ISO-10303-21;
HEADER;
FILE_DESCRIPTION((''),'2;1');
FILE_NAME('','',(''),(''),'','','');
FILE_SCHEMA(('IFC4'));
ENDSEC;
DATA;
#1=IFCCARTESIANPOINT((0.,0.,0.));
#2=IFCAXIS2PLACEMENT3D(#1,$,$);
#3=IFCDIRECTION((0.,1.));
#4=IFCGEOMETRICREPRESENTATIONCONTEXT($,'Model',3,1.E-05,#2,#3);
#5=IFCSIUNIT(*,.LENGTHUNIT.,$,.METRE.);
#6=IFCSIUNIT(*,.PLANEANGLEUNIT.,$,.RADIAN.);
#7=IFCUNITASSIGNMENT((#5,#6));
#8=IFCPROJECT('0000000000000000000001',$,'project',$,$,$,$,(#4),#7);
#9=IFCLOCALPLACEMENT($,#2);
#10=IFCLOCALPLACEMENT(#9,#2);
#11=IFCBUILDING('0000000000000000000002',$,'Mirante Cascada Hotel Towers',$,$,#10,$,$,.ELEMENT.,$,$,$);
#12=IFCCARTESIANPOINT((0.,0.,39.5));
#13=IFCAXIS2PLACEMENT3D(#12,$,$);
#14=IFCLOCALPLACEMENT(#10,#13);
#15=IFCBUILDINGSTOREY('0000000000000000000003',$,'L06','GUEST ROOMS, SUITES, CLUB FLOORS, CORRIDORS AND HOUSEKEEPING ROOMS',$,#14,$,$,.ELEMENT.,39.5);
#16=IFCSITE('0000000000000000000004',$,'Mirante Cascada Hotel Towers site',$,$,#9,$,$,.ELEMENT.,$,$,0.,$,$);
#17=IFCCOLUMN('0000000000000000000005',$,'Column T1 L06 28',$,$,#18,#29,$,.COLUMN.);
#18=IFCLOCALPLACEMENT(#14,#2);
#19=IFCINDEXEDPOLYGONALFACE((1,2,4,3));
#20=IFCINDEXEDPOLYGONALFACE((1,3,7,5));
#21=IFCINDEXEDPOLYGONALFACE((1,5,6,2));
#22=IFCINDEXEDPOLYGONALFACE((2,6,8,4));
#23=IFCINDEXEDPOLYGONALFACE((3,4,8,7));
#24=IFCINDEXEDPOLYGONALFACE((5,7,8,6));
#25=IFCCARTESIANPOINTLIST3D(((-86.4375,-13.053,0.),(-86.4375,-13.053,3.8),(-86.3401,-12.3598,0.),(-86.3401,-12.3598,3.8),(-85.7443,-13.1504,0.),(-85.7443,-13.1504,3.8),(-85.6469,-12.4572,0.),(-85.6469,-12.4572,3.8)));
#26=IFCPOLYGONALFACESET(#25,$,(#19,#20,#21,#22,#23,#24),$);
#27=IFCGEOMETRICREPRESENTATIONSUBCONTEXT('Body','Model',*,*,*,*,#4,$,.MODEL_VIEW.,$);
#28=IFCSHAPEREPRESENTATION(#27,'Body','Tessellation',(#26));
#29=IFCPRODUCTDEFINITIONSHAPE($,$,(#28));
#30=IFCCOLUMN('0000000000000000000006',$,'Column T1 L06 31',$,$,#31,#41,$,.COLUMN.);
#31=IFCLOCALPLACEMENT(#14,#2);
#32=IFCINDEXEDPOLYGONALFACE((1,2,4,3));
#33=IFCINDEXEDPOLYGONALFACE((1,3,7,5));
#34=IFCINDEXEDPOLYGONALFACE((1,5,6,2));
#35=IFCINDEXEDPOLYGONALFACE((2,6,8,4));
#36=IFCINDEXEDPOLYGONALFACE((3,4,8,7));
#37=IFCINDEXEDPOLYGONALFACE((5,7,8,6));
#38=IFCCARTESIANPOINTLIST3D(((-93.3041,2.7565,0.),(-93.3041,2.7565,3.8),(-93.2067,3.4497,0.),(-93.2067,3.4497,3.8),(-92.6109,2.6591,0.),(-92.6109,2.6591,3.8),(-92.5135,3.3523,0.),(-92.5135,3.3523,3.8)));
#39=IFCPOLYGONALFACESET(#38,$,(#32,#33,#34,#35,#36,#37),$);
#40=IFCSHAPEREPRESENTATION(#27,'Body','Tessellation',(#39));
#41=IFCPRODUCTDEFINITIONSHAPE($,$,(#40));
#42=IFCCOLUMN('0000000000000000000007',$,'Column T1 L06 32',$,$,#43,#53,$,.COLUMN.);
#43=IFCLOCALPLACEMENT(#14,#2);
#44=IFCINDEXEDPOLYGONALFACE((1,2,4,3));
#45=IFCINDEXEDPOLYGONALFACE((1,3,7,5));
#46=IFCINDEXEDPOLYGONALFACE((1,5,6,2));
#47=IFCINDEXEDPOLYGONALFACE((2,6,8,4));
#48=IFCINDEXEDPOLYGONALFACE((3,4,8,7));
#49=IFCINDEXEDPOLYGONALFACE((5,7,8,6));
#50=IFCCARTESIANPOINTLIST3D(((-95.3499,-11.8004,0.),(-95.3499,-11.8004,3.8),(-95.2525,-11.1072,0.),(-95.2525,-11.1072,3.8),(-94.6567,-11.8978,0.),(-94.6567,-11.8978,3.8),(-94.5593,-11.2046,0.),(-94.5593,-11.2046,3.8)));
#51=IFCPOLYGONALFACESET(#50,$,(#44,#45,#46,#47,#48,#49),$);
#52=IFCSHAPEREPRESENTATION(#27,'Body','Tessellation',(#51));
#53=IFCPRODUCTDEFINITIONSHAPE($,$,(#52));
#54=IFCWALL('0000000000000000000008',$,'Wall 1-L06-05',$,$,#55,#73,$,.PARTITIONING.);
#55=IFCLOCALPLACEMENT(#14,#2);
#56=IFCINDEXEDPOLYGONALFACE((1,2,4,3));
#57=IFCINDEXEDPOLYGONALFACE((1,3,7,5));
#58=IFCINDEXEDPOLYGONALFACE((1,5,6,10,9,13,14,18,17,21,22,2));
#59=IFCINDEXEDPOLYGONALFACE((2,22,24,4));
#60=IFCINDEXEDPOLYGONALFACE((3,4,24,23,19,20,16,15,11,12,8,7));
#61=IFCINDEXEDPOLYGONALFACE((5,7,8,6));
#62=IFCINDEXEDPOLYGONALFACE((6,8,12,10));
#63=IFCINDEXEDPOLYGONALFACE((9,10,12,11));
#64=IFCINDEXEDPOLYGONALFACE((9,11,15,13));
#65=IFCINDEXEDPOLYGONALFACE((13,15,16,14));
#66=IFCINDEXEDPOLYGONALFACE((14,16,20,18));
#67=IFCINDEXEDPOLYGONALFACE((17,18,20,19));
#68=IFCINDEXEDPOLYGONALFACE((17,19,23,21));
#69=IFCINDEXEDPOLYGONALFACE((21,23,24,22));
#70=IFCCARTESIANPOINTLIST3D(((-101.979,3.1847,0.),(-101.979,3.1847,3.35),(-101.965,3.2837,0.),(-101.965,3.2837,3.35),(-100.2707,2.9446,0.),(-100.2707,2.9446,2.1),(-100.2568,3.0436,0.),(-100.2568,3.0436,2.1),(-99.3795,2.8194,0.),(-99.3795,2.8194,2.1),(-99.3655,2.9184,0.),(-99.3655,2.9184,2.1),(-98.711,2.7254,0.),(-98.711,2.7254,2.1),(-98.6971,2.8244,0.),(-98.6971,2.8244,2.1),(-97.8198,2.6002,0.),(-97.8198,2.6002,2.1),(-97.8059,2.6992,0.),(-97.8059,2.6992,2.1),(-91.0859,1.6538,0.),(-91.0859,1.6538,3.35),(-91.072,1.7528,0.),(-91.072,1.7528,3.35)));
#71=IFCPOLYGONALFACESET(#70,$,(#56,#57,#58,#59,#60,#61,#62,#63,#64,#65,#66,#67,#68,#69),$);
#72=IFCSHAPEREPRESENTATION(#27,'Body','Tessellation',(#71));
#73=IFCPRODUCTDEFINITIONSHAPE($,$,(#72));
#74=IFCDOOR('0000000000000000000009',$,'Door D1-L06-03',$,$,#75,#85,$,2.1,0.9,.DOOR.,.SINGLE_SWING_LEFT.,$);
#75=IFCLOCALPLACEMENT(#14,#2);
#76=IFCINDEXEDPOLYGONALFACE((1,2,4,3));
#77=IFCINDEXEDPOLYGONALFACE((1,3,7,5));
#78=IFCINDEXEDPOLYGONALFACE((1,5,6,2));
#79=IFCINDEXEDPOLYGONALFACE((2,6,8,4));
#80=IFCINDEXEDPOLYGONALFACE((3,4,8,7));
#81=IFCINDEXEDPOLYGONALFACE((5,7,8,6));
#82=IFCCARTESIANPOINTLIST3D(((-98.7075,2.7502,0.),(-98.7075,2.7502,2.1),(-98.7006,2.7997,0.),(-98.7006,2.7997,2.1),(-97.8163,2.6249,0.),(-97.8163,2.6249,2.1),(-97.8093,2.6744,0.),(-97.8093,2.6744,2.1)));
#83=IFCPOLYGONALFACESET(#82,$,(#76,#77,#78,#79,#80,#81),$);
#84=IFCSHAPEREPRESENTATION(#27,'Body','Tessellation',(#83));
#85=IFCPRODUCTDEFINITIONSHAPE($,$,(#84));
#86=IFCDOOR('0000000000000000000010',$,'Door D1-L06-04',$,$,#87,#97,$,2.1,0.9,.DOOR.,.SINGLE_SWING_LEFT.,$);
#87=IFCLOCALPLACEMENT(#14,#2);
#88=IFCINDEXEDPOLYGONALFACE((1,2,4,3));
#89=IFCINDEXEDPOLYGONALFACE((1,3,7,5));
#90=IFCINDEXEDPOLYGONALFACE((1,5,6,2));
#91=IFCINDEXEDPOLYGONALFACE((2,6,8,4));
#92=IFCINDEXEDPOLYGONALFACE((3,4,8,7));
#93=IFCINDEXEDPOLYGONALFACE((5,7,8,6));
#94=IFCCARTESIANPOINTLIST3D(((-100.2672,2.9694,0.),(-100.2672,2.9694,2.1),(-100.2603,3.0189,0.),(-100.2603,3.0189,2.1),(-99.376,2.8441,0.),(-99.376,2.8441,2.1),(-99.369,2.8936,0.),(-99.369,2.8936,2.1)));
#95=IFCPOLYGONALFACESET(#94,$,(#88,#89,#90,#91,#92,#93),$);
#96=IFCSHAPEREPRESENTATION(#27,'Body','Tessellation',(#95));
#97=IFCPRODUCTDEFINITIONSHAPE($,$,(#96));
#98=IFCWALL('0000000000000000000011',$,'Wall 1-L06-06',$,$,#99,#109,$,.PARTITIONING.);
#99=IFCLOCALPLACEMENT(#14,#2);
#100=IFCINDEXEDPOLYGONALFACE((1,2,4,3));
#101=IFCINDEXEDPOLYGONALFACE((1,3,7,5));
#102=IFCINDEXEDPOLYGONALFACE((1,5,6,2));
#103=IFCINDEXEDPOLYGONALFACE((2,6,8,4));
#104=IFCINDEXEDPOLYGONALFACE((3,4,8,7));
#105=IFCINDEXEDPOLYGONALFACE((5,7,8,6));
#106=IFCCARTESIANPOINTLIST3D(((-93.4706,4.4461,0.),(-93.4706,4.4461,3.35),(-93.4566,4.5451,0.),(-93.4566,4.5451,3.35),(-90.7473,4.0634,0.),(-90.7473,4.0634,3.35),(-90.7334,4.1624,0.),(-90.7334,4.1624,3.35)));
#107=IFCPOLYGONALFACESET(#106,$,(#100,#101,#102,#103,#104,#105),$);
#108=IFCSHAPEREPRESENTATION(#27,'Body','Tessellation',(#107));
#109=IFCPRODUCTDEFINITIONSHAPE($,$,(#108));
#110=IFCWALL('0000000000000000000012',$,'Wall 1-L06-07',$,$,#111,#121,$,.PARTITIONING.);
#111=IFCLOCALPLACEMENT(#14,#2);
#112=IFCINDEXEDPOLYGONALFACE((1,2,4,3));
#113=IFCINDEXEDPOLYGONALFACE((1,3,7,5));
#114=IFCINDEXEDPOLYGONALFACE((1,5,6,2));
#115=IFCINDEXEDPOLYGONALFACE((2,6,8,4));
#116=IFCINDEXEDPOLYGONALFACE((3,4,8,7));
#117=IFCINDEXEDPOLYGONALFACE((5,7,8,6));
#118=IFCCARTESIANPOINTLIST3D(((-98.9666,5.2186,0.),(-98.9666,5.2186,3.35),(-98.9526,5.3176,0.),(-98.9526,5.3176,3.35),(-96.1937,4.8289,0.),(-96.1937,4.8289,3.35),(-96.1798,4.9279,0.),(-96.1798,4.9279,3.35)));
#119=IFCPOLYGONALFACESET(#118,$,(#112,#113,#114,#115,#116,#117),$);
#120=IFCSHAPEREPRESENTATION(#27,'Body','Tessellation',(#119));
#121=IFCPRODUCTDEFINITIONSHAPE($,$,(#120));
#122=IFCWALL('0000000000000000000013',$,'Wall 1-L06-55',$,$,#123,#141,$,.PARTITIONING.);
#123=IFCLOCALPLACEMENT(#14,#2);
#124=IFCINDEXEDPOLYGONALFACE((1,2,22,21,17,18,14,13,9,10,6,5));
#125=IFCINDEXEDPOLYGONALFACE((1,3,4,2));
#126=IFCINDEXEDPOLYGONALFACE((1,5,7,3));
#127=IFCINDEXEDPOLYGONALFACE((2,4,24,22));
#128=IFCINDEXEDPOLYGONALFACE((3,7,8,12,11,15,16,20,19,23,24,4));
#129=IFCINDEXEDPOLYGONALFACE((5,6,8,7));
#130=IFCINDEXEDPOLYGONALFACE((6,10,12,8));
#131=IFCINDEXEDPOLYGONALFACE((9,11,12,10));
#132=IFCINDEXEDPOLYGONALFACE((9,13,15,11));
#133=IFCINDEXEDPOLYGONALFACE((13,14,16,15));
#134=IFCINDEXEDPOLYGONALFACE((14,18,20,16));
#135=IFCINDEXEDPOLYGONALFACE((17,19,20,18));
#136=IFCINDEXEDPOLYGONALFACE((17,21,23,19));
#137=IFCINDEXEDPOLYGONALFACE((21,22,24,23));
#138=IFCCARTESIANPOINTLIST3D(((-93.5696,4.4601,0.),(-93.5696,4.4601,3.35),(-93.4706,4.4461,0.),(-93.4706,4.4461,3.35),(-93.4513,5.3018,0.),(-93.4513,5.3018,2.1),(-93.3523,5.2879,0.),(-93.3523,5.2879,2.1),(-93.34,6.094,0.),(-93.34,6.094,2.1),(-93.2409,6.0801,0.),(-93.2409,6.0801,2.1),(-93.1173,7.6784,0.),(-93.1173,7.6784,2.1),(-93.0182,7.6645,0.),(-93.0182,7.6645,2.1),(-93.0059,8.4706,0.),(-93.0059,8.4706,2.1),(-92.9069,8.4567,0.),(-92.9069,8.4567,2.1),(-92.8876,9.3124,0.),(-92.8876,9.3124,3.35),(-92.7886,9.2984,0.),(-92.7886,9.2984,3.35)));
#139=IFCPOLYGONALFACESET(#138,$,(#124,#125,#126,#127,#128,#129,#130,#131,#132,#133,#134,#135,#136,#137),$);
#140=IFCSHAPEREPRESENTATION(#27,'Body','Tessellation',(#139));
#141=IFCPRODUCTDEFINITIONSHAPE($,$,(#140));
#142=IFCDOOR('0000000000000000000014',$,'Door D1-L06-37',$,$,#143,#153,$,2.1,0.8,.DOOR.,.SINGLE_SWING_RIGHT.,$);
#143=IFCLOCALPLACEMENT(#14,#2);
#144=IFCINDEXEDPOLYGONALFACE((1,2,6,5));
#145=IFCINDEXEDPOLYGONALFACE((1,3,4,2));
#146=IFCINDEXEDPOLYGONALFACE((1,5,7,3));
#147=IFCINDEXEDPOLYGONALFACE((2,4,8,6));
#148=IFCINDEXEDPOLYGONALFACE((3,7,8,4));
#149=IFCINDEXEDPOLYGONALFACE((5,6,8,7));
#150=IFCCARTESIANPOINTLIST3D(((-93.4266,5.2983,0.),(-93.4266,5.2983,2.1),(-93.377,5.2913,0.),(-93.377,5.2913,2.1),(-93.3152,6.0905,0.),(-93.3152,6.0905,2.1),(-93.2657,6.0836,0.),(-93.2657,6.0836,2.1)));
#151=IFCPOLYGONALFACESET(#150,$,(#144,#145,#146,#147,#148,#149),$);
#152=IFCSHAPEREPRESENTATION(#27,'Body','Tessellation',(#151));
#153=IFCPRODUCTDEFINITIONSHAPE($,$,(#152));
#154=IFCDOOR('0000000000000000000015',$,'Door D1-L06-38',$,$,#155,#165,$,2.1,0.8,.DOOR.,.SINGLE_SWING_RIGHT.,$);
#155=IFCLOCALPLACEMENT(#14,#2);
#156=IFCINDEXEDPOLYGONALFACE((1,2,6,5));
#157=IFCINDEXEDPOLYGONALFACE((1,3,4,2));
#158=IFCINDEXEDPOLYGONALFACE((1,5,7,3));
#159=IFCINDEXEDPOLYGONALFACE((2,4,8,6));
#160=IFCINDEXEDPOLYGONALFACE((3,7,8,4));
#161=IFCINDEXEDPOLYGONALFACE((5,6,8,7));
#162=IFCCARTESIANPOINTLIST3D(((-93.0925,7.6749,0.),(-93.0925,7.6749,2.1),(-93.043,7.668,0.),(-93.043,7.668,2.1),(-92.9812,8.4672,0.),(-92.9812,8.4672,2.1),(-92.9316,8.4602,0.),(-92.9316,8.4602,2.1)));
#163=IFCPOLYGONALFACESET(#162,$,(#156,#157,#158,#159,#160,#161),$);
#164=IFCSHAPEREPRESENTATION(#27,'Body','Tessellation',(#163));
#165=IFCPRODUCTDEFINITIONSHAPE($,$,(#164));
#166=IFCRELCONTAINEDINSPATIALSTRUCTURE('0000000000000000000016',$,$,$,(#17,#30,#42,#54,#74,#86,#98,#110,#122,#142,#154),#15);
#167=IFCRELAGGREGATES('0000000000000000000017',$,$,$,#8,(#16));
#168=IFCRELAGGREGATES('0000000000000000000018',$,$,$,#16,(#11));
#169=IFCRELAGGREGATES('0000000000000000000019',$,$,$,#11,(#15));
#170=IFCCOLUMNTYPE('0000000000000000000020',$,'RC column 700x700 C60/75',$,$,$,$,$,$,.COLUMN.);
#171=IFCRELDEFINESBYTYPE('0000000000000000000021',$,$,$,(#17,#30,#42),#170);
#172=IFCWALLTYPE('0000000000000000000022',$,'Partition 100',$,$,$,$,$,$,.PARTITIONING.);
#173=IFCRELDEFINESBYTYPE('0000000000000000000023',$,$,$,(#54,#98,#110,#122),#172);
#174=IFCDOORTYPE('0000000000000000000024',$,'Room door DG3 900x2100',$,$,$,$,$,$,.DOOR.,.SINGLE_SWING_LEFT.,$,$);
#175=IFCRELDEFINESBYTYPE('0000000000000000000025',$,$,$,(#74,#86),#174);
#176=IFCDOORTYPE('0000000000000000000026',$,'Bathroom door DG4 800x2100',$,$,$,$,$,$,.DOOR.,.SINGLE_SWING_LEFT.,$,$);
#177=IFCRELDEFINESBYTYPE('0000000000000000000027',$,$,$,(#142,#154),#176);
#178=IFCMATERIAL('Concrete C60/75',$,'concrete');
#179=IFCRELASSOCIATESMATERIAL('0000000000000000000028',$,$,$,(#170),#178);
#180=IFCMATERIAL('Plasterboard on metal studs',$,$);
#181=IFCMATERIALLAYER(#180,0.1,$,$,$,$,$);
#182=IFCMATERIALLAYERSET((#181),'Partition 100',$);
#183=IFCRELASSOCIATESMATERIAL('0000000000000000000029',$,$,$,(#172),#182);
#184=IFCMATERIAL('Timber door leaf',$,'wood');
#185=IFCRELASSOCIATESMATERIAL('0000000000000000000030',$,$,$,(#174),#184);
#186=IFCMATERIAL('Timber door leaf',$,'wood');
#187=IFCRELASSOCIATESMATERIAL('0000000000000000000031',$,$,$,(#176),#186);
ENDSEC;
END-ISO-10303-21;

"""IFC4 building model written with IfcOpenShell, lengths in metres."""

from ifc_helpers import new_model, si_unit, direction, frame, frame_2d, origin, origin_2d, place, context, subcontext, project, spatial, rectangle, extrude, material, layer, layer_set, material_profile, profile_set, type_object, element, fill, save


model = new_model("IFC4")

# Units and contexts
model_context = context("Model", 3, precision=1e-05, world=origin(), true_north=direction((0.0, 1.0)))
body_context = subcontext(model_context, "Body", "Model", "MODEL_VIEW")
ifc_project = project(units=[si_unit("LENGTHUNIT", "METRE"), si_unit("PLANEANGLEUNIT", "RADIAN")], contexts=[model_context])

# Site, building, storey
site_placement = place(None, origin())
site = spatial("IfcSite", under=ifc_project, at=site_placement, Name="Mirante Cascada Hotel Towers site", CompositionType="ELEMENT", RefElevation=0.0)
building_placement = place(site_placement, origin())
building = spatial("IfcBuilding", under=site, at=building_placement, Name="Mirante Cascada Hotel Towers", CompositionType="ELEMENT")
storey_placement = place(building_placement, frame((0.0, 0.0, 39.5)))
storey = spatial("IfcBuildingStorey", under=building, at=storey_placement, Name="L06", Description="GUEST ROOMS, SUITES, CLUB FLOORS, CORRIDORS AND HOUSEKEEPING ROOMS", CompositionType="ELEMENT", Elevation=39.5)

# Columns
ifc_material_1 = material(Name="Concrete C60/75", Category="concrete")
ifc_material_profile = material_profile(ifc_material_1, rectangle(XDim=0.7, YDim=0.7, at=origin_2d()), Name="RC column 700x700 C60/75")
ifc_profile_set = profile_set([ifc_material_profile], Name="Concrete C60/75")
column_type = type_object("IfcColumnType", Name="RC column 700x700 C60/75", PredefinedType="COLUMN", material=ifc_profile_set)
for number, where, z_axis, x_axis, name in (
    (1, (-86.0422, -12.7551, 0.0), (0.0, 0.0, 1.0), (-0.990268, 0.139173, 0.0), "Column T1 L06 28"),
    (2, (-92.9088, 3.0544, 0.0), (0.0, 0.0, 1.0), (-0.990268, 0.139173, 0.0), "Column T1 L06 31"),
    (3, (-94.9546, -11.5025, 0.0), (0.0, 0.0, 1.0), (-0.990268, 0.139173, 0.0), "Column T1 L06 32"),
):
    element("IfcColumn", number, at=place(storey_placement, frame(where, z_axis=z_axis, x_axis=x_axis)), inside=storey, type_object=column_type, Name=name, PredefinedType="COLUMN", context=body_context, shape_type="SweptSolid", body=[
        extrude(rectangle(XDim=0.7, YDim=0.7, at=origin_2d()), origin(), (0.0, 0.0, 1.0), 3.8),
    ])

# Wall, openings, doors
ifc_material_2 = material(Name="Plasterboard on metal studs")
ifc_layer_1 = layer(ifc_material_2, 0.1)
ifc_layer_set_1 = layer_set([ifc_layer_1], Name="Partition 100")
wall_type_1 = type_object("IfcWallType", Name="Partition 100", PredefinedType="PARTITIONING", material=ifc_layer_set_1)
wall_1_placement = place(storey_placement, frame((-91.079, 1.7033, 0.0), z_axis=(0.0, 0.0, 1.0), x_axis=(-0.990268, 0.139172, 0.0)))
wall_1 = element("IfcWall", 4, at=wall_1_placement, inside=storey, type_object=wall_type_1, Name="Wall 1-L06-05", PredefinedType="PARTITIONING", context=body_context, shape_type="SweptSolid", body=[
    extrude(rectangle(XDim=11.0001, YDim=0.1, at=frame_2d((5.5, 0.0))), origin(), (0.0, 0.0, 1.0), 3.35),
])
opening_1_placement = place(wall_1_placement, frame((6.8, 0.0, 0.0)))
opening_1 = element("IfcOpeningElement", 5, at=opening_1_placement, cuts=wall_1, PredefinedType="OPENING", context=body_context, shape_type="SweptSolid", body=[
    extrude(rectangle(XDim=0.9, YDim=2.1, at=frame_2d((0.45, 1.05))), frame((0.0, 0.05, 0.0), z_axis=(0.0, -1.0, 0.0), x_axis=(1.0, 0.0, 0.0)), (0.0, 0.0, 1.0), 0.1),
])
opening_2_placement = place(wall_1_placement, frame((8.375, 0.0, 0.0)))
opening_2 = element("IfcOpeningElement", 6, at=opening_2_placement, cuts=wall_1, PredefinedType="OPENING", context=body_context, shape_type="SweptSolid", body=[
    extrude(rectangle(XDim=0.9, YDim=2.1, at=frame_2d((0.45, 1.05))), frame((0.0, 0.05, 0.0), z_axis=(0.0, -1.0, 0.0), x_axis=(1.0, 0.0, 0.0)), (0.0, 0.0, 1.0), 0.1),
])
ifc_material_3 = material(Name="Timber door leaf", Category="wood")
door_type_1 = type_object("IfcDoorType", Name="Room door DG3 900x2100", OperationType="SINGLE_SWING_LEFT", PredefinedType="DOOR", material=ifc_material_3)
door_1_placement = place(opening_1_placement, origin())
door_1 = element("IfcDoor", 7, at=door_1_placement, inside=storey, type_object=door_type_1, Name="Door D1-L06-03", OperationType="SINGLE_SWING_LEFT", OverallHeight=2.1, OverallWidth=0.9, PredefinedType="DOOR", context=body_context, shape_type="SweptSolid", body=[
    extrude(rectangle(XDim=0.9, YDim=2.1, at=frame_2d((0.45, 1.05))), frame((0.0, 0.025, 0.0), z_axis=(0.0, -1.0, 0.0), x_axis=(1.0, 0.0, 0.0)), (0.0, 0.0, 1.0), 0.05),
])
fill(opening_1, door_1)
door_2_placement = place(opening_2_placement, origin())
door_2 = element("IfcDoor", 8, at=door_2_placement, inside=storey, type_object=door_type_1, Name="Door D1-L06-04", OperationType="SINGLE_SWING_LEFT", OverallHeight=2.1, OverallWidth=0.9, PredefinedType="DOOR", context=body_context, shape_type="SweptSolid", body=[
    extrude(rectangle(XDim=0.9, YDim=2.1, at=frame_2d((0.45, 1.05))), frame((0.0, 0.025, 0.0), z_axis=(0.0, -1.0, 0.0), x_axis=(1.0, 0.0, 0.0)), (0.0, 0.0, 1.0), 0.05),
])
fill(opening_2, door_2)

# Walls
wall_2_placement = place(storey_placement, frame((-93.4636, 4.4956, 0.0), z_axis=(0.0, 0.0, 1.0), x_axis=(0.990269, -0.139166, 0.0)))
element("IfcWall", 9, at=wall_2_placement, inside=storey, type_object=wall_type_1, Name="Wall 1-L06-06", PredefinedType="PARTITIONING", context=body_context, shape_type="SweptSolid", body=[
    extrude(rectangle(XDim=2.75, YDim=0.1, at=frame_2d((1.375, 0.0))), origin(), (0.0, 0.0, 1.0), 3.35),
])
wall_3_placement = place(storey_placement, frame((-96.1868, 4.8784, 0.0), z_axis=(0.0, 0.0, 1.0), x_axis=(-0.990268, 0.139176, 0.0)))
element("IfcWall", 10, at=wall_3_placement, inside=storey, type_object=wall_type_1, Name="Wall 1-L06-07", PredefinedType="PARTITIONING", context=body_context, shape_type="SweptSolid", body=[
    extrude(rectangle(XDim=2.8001, YDim=0.1, at=frame_2d((1.4, 0.0))), origin(), (0.0, 0.0, 1.0), 3.35),
])

# Wall, openings, doors
wall_4_placement = place(storey_placement, frame((-93.5201, 4.4531, 0.0), z_axis=(0.0, 0.0, 1.0), x_axis=(0.139184, 0.990267, 0.0)))
wall_4 = element("IfcWall", 11, at=wall_4_placement, inside=storey, type_object=wall_type_1, Name="Wall 1-L06-55", PredefinedType="PARTITIONING", context=body_context, shape_type="SweptSolid", body=[
    extrude(rectangle(XDim=4.9, YDim=0.1, at=frame_2d((2.45, 0.0))), origin(), (0.0, 0.0, 1.0), 3.35),
])
opening_3_placement = place(wall_4_placement, frame((0.85, 0.0, 0.0)))
opening_3 = element("IfcOpeningElement", 12, at=opening_3_placement, cuts=wall_4, PredefinedType="OPENING", context=body_context, shape_type="SweptSolid", body=[
    extrude(rectangle(XDim=0.8, YDim=2.1, at=frame_2d((0.4, 1.05))), frame((0.0, 0.05, 0.0), z_axis=(0.0, -1.0, 0.0), x_axis=(1.0, 0.0, 0.0)), (0.0, 0.0, 1.0), 0.1),
])
opening_4_placement = place(wall_4_placement, frame((3.25, 0.0, 0.0)))
opening_4 = element("IfcOpeningElement", 13, at=opening_4_placement, cuts=wall_4, PredefinedType="OPENING", context=body_context, shape_type="SweptSolid", body=[
    extrude(rectangle(XDim=0.8, YDim=2.1, at=frame_2d((0.4, 1.05))), frame((0.0, 0.05, 0.0), z_axis=(0.0, -1.0, 0.0), x_axis=(1.0, 0.0, 0.0)), (0.0, 0.0, 1.0), 0.1),
])
ifc_material_4 = material(Name="Timber door leaf", Category="wood")
door_type_2 = type_object("IfcDoorType", Name="Bathroom door DG4 800x2100", OperationType="SINGLE_SWING_LEFT", PredefinedType="DOOR", material=ifc_material_4)
door_3_placement = place(opening_3_placement, frame((0.8, 0.0, 0.0), z_axis=(0.0, 0.0, 1.0), x_axis=(-1.0, 0.0, 0.0)))
door_3 = element("IfcDoor", 14, at=door_3_placement, inside=storey, type_object=door_type_2, Name="Door D1-L06-37", OperationType="SINGLE_SWING_RIGHT", OverallHeight=2.1, OverallWidth=0.8, PredefinedType="DOOR", context=body_context, shape_type="SweptSolid", body=[
    extrude(rectangle(XDim=0.8, YDim=2.1, at=frame_2d((0.4, 1.05))), frame((0.0, 0.025, 0.0), z_axis=(0.0, -1.0, 0.0), x_axis=(1.0, 0.0, 0.0)), (0.0, 0.0, 1.0), 0.05),
])
fill(opening_3, door_3)
door_4_placement = place(opening_4_placement, frame((0.8, 0.0, 0.0), z_axis=(0.0, 0.0, 1.0), x_axis=(-1.0, 0.0, 0.0)))
door_4 = element("IfcDoor", 15, at=door_4_placement, inside=storey, type_object=door_type_2, Name="Door D1-L06-38", OperationType="SINGLE_SWING_RIGHT", OverallHeight=2.1, OverallWidth=0.8, PredefinedType="DOOR", context=body_context, shape_type="SweptSolid", body=[
    extrude(rectangle(XDim=0.8, YDim=2.1, at=frame_2d((0.4, 1.05))), frame((0.0, 0.025, 0.0), z_axis=(0.0, -1.0, 0.0), x_axis=(1.0, 0.0, 0.0)), (0.0, 0.0, 1.0), 0.05),
])
fill(opening_4, door_4)

save(model, "model.ifc")
